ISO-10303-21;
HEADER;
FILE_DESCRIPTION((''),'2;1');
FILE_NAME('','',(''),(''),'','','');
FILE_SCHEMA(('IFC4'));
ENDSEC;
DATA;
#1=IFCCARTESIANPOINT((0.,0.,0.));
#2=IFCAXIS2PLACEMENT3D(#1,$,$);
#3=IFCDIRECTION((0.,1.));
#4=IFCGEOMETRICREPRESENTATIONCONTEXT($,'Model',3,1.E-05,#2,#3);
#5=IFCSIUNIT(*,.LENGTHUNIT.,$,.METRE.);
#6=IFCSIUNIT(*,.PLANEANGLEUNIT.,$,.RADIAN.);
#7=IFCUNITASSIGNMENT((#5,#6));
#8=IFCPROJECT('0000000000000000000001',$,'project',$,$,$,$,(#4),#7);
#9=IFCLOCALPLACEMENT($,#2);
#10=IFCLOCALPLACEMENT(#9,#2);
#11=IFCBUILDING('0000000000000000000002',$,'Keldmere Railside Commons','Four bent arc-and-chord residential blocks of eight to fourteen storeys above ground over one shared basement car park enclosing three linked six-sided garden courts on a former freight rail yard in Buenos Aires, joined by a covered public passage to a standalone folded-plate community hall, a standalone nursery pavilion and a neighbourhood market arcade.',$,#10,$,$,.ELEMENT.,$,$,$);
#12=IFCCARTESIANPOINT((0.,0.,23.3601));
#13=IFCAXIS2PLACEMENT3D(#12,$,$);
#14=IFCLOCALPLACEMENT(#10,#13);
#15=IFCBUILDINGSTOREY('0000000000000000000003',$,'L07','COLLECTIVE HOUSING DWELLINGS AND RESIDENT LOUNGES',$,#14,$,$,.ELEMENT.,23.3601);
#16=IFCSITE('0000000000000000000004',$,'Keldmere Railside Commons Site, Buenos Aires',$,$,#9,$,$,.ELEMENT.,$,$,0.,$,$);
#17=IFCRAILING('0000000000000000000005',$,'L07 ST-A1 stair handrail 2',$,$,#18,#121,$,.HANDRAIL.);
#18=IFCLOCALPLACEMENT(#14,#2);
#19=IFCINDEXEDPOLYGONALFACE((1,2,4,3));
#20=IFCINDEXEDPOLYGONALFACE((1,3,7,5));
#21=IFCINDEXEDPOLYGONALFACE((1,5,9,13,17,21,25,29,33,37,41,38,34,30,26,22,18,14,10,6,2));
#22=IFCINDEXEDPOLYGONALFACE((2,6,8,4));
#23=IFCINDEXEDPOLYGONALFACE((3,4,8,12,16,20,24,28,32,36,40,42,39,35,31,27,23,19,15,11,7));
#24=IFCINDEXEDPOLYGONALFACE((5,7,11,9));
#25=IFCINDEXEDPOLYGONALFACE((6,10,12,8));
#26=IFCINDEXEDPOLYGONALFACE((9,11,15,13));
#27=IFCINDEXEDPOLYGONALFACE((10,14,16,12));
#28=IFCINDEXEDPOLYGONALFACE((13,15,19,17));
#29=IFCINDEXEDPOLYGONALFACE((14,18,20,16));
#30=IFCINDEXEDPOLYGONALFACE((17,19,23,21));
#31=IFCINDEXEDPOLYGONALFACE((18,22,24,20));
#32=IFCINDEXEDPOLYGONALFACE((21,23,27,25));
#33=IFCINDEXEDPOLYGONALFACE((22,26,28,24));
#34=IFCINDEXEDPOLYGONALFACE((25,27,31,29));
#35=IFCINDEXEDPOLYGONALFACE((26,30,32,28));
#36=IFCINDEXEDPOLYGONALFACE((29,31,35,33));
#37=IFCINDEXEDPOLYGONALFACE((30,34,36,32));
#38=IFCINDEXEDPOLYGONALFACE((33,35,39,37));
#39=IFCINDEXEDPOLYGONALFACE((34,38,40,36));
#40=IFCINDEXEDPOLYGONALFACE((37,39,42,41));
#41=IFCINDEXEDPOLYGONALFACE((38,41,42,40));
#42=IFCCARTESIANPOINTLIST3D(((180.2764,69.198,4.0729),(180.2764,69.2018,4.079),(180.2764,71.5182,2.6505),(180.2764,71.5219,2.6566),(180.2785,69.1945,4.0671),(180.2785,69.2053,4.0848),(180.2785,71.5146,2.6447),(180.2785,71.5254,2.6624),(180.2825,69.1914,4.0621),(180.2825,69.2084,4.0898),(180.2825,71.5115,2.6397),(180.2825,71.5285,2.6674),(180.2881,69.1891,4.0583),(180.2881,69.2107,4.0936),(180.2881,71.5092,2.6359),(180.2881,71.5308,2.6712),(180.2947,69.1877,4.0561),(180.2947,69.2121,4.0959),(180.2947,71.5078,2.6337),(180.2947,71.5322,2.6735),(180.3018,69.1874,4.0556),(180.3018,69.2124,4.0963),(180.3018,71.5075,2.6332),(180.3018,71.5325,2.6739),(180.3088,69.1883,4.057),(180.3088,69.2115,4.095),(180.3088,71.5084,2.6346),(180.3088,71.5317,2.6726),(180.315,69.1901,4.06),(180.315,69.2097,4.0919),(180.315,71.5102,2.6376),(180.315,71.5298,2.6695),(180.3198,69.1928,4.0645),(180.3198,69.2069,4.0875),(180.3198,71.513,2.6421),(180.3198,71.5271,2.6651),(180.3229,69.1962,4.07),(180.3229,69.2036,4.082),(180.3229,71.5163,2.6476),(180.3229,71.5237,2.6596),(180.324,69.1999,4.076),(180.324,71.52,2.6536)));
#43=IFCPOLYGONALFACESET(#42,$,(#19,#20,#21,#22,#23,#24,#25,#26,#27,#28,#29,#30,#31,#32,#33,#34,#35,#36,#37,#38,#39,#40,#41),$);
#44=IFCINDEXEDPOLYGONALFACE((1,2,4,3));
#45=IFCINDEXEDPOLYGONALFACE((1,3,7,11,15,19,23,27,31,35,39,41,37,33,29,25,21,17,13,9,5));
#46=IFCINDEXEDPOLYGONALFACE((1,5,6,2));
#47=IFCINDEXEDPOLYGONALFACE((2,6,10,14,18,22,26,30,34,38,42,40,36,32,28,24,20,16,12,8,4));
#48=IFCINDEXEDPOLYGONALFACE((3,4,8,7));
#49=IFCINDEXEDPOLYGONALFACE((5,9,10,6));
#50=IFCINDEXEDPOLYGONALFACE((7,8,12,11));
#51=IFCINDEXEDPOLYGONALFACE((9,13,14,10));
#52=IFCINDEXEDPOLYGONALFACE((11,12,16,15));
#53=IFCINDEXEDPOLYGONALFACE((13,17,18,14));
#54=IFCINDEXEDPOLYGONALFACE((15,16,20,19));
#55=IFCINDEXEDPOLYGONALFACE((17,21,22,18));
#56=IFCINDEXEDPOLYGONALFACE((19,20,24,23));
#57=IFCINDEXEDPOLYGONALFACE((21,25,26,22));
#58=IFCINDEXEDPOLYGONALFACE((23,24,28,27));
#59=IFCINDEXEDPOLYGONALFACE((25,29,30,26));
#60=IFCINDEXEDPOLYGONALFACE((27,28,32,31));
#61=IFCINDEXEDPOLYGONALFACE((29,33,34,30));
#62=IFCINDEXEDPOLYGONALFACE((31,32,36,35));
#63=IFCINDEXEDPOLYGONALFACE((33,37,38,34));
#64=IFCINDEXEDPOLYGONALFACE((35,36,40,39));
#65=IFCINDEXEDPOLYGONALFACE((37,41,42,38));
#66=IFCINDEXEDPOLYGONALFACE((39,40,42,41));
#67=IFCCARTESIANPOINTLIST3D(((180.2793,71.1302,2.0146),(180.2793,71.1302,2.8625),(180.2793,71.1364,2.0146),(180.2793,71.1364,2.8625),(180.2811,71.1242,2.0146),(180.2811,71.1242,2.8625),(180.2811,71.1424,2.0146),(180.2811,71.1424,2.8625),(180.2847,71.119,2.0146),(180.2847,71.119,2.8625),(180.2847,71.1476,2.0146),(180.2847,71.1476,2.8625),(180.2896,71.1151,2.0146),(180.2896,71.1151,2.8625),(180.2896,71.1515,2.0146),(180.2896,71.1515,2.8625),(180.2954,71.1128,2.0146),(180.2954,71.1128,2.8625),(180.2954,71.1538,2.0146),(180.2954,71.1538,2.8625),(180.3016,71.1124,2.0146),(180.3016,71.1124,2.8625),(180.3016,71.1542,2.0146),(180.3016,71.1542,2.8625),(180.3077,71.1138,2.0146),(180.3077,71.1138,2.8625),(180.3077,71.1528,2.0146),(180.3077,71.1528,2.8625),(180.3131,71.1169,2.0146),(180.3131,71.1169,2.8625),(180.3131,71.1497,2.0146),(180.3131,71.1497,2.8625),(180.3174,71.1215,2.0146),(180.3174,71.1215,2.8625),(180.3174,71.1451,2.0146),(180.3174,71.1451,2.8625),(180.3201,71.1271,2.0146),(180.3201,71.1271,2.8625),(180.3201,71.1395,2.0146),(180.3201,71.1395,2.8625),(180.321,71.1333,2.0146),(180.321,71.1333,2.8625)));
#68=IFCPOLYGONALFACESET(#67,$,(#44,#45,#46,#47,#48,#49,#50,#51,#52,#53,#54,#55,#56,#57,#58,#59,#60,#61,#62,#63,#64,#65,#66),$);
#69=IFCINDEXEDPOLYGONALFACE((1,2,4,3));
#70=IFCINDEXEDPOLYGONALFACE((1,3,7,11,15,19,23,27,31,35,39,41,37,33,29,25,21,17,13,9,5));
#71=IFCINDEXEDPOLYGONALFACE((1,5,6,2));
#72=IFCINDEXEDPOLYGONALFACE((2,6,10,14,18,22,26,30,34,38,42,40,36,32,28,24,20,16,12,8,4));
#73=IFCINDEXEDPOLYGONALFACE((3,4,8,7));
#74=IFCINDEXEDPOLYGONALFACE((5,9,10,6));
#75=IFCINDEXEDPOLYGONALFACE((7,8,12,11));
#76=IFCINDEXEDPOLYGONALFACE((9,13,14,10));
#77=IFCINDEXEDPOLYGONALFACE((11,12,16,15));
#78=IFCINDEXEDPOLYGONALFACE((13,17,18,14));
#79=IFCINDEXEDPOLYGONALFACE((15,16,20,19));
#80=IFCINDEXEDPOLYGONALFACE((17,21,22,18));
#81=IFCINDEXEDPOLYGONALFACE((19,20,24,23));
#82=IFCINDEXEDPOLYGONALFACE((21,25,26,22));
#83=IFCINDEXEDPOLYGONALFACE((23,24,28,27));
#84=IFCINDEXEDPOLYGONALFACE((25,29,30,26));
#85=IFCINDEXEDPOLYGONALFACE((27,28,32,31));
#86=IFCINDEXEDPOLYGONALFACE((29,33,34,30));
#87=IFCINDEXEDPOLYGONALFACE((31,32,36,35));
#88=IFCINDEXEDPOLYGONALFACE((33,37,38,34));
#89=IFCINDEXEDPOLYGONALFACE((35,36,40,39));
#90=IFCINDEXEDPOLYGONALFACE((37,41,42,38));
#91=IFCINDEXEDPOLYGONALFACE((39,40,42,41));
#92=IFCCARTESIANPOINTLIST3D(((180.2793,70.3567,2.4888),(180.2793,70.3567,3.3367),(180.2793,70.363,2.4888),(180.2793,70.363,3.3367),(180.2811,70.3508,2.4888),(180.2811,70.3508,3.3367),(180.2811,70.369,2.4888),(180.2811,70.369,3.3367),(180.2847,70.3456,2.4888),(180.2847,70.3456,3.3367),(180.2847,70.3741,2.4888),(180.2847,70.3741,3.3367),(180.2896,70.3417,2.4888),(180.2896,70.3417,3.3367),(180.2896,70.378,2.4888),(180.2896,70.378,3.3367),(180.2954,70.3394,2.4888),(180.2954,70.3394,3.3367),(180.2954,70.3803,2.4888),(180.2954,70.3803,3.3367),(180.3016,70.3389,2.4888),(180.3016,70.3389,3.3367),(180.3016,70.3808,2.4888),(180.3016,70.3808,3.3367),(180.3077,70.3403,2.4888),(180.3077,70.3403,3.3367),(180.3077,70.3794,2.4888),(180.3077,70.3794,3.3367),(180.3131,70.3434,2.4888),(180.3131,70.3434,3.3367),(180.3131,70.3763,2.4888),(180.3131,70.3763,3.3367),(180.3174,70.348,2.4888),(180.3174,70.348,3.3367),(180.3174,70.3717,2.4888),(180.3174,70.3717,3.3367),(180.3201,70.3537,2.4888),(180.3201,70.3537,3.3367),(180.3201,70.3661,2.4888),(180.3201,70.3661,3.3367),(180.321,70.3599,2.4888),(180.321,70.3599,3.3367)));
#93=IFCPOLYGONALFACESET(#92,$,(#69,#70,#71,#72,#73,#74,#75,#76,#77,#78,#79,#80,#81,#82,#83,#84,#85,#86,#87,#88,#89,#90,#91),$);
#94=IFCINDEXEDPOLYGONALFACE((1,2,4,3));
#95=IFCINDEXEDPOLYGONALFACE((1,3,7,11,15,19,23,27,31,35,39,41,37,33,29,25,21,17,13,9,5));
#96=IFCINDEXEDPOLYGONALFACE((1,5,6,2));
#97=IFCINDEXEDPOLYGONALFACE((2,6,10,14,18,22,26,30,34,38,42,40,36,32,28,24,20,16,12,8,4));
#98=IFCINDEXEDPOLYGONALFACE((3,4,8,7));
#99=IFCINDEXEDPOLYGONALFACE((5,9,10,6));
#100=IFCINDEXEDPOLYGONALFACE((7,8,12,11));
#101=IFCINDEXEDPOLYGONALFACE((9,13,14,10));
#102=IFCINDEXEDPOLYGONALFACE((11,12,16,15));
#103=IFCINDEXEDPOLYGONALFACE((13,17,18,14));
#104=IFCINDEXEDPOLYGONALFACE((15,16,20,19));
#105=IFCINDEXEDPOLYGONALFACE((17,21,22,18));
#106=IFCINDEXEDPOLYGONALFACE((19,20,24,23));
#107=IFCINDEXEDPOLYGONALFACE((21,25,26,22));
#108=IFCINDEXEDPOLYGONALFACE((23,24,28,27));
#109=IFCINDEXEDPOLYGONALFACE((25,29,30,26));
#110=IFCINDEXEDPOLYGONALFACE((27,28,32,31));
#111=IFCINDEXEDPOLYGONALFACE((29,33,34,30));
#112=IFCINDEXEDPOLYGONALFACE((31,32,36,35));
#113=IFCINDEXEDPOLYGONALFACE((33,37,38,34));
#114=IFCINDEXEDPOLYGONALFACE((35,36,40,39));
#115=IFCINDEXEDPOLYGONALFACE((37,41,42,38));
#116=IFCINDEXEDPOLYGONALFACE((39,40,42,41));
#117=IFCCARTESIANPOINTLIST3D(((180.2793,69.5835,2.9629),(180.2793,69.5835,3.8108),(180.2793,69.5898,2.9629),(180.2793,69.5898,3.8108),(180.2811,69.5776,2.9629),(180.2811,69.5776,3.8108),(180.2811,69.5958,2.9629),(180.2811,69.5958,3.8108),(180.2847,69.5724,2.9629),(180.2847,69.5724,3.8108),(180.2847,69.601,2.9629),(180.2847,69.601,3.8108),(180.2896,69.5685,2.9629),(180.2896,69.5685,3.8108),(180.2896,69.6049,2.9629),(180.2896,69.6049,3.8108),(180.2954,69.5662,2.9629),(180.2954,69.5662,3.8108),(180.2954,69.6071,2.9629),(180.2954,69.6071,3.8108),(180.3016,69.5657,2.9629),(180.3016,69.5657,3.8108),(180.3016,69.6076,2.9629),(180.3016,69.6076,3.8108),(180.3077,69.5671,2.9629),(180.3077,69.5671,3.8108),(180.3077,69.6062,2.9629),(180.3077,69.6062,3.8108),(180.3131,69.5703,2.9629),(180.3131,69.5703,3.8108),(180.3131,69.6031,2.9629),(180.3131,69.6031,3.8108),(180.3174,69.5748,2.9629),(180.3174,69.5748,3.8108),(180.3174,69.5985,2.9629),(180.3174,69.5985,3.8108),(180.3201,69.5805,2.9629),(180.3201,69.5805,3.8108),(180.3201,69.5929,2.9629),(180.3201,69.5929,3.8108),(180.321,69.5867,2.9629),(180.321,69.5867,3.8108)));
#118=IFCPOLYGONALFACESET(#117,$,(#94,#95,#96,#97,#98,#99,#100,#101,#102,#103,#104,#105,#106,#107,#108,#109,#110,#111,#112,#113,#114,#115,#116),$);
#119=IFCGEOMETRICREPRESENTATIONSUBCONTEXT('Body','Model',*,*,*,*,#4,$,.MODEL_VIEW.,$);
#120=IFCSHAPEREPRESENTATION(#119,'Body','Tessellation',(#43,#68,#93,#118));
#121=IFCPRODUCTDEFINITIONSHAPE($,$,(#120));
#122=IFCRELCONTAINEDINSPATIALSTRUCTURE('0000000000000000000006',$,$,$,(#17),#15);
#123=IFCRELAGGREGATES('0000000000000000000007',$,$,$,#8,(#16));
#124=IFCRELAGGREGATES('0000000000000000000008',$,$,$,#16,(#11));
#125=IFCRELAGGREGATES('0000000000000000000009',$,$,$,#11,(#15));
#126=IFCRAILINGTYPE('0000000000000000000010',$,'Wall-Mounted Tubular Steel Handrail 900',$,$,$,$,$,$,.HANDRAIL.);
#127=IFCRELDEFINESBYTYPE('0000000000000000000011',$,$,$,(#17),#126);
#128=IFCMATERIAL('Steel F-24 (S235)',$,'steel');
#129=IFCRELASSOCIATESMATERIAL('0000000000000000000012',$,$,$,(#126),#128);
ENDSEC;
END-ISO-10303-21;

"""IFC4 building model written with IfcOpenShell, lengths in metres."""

from ifc_helpers import new_model, si_unit, direction, frame, origin, origin_2d, place, context, subcontext, project, spatial, circle, extrude, material, type_object, element, save


model = new_model("IFC4")

# Units and contexts
model_context = context("Model", 3, precision=1e-05, world=origin(), true_north=direction((0.0, 1.0)))
body_context = subcontext(model_context, "Body", "Model", "MODEL_VIEW")
ifc_project = project(units=[si_unit("LENGTHUNIT", "METRE"), si_unit("PLANEANGLEUNIT", "RADIAN")], contexts=[model_context])

# Site, building, storey
site_placement = place(None, origin())
site = spatial("IfcSite", under=ifc_project, at=site_placement, Name="Keldmere Railside Commons Site, Buenos Aires", CompositionType="ELEMENT", RefElevation=0.0)
building_placement = place(site_placement, origin())
building = spatial("IfcBuilding", under=site, at=building_placement, Name="Keldmere Railside Commons", Description="Four bent arc-and-chord residential blocks of eight to fourteen storeys above ground over one shared basement car park enclosing three linked six-sided garden courts on a former freight rail yard in Buenos Aires, joined by a covered public passage to a standalone folded-plate community hall, a standalone nursery pavilion and a neighbourhood market arcade.", CompositionType="ELEMENT")
storey_placement = place(building_placement, frame((0.0, 0.0, 23.3601)))
storey = spatial("IfcBuildingStorey", under=building, at=storey_placement, Name="L07", Description="COLLECTIVE HOUSING DWELLINGS AND RESIDENT LOUNGES", CompositionType="ELEMENT", Elevation=23.3601)

# Shared definitions
ifc_material_1 = material(Name="Steel F-24 (S235)", Category="steel")

# Railing
railing_type_1 = type_object("IfcRailingType", Name="Wall-Mounted Tubular Steel Handrail 900", PredefinedType="HANDRAIL", material=ifc_material_1)
railing_1_placement = place(storey_placement, frame((180.3, 71.52, 1.7776)))
element("IfcRailing", 1, at=railing_1_placement, inside=storey, type_object=railing_type_1, Name="L07 ST-A1 stair handrail 2", PredefinedType="HANDRAIL", context=body_context, shape_type="SweptSolid", body=[
    extrude(circle(Radius=0.0239, at=origin_2d()), frame((0.0, 0.0, 0.876), z_axis=(0.0, -0.852538, 0.522665), x_axis=(1.0, 0.0, 0.0)), (0.0, 0.0, 1.0), 2.7214),
    extrude(circle(Radius=0.021, at=origin_2d()), frame((0.0, -0.3867, 0.2371)), (0.0, 0.0, 1.0), 0.8479),
    extrude(circle(Radius=0.021, at=origin_2d()), frame((0.0, -1.1602, 0.7112)), (0.0, 0.0, 1.0), 0.8479),
    extrude(circle(Radius=0.021, at=origin_2d()), frame((0.0, -1.9333, 1.1853)), (0.0, 0.0, 1.0), 0.8479),
])

save(model, "model.ifc")
